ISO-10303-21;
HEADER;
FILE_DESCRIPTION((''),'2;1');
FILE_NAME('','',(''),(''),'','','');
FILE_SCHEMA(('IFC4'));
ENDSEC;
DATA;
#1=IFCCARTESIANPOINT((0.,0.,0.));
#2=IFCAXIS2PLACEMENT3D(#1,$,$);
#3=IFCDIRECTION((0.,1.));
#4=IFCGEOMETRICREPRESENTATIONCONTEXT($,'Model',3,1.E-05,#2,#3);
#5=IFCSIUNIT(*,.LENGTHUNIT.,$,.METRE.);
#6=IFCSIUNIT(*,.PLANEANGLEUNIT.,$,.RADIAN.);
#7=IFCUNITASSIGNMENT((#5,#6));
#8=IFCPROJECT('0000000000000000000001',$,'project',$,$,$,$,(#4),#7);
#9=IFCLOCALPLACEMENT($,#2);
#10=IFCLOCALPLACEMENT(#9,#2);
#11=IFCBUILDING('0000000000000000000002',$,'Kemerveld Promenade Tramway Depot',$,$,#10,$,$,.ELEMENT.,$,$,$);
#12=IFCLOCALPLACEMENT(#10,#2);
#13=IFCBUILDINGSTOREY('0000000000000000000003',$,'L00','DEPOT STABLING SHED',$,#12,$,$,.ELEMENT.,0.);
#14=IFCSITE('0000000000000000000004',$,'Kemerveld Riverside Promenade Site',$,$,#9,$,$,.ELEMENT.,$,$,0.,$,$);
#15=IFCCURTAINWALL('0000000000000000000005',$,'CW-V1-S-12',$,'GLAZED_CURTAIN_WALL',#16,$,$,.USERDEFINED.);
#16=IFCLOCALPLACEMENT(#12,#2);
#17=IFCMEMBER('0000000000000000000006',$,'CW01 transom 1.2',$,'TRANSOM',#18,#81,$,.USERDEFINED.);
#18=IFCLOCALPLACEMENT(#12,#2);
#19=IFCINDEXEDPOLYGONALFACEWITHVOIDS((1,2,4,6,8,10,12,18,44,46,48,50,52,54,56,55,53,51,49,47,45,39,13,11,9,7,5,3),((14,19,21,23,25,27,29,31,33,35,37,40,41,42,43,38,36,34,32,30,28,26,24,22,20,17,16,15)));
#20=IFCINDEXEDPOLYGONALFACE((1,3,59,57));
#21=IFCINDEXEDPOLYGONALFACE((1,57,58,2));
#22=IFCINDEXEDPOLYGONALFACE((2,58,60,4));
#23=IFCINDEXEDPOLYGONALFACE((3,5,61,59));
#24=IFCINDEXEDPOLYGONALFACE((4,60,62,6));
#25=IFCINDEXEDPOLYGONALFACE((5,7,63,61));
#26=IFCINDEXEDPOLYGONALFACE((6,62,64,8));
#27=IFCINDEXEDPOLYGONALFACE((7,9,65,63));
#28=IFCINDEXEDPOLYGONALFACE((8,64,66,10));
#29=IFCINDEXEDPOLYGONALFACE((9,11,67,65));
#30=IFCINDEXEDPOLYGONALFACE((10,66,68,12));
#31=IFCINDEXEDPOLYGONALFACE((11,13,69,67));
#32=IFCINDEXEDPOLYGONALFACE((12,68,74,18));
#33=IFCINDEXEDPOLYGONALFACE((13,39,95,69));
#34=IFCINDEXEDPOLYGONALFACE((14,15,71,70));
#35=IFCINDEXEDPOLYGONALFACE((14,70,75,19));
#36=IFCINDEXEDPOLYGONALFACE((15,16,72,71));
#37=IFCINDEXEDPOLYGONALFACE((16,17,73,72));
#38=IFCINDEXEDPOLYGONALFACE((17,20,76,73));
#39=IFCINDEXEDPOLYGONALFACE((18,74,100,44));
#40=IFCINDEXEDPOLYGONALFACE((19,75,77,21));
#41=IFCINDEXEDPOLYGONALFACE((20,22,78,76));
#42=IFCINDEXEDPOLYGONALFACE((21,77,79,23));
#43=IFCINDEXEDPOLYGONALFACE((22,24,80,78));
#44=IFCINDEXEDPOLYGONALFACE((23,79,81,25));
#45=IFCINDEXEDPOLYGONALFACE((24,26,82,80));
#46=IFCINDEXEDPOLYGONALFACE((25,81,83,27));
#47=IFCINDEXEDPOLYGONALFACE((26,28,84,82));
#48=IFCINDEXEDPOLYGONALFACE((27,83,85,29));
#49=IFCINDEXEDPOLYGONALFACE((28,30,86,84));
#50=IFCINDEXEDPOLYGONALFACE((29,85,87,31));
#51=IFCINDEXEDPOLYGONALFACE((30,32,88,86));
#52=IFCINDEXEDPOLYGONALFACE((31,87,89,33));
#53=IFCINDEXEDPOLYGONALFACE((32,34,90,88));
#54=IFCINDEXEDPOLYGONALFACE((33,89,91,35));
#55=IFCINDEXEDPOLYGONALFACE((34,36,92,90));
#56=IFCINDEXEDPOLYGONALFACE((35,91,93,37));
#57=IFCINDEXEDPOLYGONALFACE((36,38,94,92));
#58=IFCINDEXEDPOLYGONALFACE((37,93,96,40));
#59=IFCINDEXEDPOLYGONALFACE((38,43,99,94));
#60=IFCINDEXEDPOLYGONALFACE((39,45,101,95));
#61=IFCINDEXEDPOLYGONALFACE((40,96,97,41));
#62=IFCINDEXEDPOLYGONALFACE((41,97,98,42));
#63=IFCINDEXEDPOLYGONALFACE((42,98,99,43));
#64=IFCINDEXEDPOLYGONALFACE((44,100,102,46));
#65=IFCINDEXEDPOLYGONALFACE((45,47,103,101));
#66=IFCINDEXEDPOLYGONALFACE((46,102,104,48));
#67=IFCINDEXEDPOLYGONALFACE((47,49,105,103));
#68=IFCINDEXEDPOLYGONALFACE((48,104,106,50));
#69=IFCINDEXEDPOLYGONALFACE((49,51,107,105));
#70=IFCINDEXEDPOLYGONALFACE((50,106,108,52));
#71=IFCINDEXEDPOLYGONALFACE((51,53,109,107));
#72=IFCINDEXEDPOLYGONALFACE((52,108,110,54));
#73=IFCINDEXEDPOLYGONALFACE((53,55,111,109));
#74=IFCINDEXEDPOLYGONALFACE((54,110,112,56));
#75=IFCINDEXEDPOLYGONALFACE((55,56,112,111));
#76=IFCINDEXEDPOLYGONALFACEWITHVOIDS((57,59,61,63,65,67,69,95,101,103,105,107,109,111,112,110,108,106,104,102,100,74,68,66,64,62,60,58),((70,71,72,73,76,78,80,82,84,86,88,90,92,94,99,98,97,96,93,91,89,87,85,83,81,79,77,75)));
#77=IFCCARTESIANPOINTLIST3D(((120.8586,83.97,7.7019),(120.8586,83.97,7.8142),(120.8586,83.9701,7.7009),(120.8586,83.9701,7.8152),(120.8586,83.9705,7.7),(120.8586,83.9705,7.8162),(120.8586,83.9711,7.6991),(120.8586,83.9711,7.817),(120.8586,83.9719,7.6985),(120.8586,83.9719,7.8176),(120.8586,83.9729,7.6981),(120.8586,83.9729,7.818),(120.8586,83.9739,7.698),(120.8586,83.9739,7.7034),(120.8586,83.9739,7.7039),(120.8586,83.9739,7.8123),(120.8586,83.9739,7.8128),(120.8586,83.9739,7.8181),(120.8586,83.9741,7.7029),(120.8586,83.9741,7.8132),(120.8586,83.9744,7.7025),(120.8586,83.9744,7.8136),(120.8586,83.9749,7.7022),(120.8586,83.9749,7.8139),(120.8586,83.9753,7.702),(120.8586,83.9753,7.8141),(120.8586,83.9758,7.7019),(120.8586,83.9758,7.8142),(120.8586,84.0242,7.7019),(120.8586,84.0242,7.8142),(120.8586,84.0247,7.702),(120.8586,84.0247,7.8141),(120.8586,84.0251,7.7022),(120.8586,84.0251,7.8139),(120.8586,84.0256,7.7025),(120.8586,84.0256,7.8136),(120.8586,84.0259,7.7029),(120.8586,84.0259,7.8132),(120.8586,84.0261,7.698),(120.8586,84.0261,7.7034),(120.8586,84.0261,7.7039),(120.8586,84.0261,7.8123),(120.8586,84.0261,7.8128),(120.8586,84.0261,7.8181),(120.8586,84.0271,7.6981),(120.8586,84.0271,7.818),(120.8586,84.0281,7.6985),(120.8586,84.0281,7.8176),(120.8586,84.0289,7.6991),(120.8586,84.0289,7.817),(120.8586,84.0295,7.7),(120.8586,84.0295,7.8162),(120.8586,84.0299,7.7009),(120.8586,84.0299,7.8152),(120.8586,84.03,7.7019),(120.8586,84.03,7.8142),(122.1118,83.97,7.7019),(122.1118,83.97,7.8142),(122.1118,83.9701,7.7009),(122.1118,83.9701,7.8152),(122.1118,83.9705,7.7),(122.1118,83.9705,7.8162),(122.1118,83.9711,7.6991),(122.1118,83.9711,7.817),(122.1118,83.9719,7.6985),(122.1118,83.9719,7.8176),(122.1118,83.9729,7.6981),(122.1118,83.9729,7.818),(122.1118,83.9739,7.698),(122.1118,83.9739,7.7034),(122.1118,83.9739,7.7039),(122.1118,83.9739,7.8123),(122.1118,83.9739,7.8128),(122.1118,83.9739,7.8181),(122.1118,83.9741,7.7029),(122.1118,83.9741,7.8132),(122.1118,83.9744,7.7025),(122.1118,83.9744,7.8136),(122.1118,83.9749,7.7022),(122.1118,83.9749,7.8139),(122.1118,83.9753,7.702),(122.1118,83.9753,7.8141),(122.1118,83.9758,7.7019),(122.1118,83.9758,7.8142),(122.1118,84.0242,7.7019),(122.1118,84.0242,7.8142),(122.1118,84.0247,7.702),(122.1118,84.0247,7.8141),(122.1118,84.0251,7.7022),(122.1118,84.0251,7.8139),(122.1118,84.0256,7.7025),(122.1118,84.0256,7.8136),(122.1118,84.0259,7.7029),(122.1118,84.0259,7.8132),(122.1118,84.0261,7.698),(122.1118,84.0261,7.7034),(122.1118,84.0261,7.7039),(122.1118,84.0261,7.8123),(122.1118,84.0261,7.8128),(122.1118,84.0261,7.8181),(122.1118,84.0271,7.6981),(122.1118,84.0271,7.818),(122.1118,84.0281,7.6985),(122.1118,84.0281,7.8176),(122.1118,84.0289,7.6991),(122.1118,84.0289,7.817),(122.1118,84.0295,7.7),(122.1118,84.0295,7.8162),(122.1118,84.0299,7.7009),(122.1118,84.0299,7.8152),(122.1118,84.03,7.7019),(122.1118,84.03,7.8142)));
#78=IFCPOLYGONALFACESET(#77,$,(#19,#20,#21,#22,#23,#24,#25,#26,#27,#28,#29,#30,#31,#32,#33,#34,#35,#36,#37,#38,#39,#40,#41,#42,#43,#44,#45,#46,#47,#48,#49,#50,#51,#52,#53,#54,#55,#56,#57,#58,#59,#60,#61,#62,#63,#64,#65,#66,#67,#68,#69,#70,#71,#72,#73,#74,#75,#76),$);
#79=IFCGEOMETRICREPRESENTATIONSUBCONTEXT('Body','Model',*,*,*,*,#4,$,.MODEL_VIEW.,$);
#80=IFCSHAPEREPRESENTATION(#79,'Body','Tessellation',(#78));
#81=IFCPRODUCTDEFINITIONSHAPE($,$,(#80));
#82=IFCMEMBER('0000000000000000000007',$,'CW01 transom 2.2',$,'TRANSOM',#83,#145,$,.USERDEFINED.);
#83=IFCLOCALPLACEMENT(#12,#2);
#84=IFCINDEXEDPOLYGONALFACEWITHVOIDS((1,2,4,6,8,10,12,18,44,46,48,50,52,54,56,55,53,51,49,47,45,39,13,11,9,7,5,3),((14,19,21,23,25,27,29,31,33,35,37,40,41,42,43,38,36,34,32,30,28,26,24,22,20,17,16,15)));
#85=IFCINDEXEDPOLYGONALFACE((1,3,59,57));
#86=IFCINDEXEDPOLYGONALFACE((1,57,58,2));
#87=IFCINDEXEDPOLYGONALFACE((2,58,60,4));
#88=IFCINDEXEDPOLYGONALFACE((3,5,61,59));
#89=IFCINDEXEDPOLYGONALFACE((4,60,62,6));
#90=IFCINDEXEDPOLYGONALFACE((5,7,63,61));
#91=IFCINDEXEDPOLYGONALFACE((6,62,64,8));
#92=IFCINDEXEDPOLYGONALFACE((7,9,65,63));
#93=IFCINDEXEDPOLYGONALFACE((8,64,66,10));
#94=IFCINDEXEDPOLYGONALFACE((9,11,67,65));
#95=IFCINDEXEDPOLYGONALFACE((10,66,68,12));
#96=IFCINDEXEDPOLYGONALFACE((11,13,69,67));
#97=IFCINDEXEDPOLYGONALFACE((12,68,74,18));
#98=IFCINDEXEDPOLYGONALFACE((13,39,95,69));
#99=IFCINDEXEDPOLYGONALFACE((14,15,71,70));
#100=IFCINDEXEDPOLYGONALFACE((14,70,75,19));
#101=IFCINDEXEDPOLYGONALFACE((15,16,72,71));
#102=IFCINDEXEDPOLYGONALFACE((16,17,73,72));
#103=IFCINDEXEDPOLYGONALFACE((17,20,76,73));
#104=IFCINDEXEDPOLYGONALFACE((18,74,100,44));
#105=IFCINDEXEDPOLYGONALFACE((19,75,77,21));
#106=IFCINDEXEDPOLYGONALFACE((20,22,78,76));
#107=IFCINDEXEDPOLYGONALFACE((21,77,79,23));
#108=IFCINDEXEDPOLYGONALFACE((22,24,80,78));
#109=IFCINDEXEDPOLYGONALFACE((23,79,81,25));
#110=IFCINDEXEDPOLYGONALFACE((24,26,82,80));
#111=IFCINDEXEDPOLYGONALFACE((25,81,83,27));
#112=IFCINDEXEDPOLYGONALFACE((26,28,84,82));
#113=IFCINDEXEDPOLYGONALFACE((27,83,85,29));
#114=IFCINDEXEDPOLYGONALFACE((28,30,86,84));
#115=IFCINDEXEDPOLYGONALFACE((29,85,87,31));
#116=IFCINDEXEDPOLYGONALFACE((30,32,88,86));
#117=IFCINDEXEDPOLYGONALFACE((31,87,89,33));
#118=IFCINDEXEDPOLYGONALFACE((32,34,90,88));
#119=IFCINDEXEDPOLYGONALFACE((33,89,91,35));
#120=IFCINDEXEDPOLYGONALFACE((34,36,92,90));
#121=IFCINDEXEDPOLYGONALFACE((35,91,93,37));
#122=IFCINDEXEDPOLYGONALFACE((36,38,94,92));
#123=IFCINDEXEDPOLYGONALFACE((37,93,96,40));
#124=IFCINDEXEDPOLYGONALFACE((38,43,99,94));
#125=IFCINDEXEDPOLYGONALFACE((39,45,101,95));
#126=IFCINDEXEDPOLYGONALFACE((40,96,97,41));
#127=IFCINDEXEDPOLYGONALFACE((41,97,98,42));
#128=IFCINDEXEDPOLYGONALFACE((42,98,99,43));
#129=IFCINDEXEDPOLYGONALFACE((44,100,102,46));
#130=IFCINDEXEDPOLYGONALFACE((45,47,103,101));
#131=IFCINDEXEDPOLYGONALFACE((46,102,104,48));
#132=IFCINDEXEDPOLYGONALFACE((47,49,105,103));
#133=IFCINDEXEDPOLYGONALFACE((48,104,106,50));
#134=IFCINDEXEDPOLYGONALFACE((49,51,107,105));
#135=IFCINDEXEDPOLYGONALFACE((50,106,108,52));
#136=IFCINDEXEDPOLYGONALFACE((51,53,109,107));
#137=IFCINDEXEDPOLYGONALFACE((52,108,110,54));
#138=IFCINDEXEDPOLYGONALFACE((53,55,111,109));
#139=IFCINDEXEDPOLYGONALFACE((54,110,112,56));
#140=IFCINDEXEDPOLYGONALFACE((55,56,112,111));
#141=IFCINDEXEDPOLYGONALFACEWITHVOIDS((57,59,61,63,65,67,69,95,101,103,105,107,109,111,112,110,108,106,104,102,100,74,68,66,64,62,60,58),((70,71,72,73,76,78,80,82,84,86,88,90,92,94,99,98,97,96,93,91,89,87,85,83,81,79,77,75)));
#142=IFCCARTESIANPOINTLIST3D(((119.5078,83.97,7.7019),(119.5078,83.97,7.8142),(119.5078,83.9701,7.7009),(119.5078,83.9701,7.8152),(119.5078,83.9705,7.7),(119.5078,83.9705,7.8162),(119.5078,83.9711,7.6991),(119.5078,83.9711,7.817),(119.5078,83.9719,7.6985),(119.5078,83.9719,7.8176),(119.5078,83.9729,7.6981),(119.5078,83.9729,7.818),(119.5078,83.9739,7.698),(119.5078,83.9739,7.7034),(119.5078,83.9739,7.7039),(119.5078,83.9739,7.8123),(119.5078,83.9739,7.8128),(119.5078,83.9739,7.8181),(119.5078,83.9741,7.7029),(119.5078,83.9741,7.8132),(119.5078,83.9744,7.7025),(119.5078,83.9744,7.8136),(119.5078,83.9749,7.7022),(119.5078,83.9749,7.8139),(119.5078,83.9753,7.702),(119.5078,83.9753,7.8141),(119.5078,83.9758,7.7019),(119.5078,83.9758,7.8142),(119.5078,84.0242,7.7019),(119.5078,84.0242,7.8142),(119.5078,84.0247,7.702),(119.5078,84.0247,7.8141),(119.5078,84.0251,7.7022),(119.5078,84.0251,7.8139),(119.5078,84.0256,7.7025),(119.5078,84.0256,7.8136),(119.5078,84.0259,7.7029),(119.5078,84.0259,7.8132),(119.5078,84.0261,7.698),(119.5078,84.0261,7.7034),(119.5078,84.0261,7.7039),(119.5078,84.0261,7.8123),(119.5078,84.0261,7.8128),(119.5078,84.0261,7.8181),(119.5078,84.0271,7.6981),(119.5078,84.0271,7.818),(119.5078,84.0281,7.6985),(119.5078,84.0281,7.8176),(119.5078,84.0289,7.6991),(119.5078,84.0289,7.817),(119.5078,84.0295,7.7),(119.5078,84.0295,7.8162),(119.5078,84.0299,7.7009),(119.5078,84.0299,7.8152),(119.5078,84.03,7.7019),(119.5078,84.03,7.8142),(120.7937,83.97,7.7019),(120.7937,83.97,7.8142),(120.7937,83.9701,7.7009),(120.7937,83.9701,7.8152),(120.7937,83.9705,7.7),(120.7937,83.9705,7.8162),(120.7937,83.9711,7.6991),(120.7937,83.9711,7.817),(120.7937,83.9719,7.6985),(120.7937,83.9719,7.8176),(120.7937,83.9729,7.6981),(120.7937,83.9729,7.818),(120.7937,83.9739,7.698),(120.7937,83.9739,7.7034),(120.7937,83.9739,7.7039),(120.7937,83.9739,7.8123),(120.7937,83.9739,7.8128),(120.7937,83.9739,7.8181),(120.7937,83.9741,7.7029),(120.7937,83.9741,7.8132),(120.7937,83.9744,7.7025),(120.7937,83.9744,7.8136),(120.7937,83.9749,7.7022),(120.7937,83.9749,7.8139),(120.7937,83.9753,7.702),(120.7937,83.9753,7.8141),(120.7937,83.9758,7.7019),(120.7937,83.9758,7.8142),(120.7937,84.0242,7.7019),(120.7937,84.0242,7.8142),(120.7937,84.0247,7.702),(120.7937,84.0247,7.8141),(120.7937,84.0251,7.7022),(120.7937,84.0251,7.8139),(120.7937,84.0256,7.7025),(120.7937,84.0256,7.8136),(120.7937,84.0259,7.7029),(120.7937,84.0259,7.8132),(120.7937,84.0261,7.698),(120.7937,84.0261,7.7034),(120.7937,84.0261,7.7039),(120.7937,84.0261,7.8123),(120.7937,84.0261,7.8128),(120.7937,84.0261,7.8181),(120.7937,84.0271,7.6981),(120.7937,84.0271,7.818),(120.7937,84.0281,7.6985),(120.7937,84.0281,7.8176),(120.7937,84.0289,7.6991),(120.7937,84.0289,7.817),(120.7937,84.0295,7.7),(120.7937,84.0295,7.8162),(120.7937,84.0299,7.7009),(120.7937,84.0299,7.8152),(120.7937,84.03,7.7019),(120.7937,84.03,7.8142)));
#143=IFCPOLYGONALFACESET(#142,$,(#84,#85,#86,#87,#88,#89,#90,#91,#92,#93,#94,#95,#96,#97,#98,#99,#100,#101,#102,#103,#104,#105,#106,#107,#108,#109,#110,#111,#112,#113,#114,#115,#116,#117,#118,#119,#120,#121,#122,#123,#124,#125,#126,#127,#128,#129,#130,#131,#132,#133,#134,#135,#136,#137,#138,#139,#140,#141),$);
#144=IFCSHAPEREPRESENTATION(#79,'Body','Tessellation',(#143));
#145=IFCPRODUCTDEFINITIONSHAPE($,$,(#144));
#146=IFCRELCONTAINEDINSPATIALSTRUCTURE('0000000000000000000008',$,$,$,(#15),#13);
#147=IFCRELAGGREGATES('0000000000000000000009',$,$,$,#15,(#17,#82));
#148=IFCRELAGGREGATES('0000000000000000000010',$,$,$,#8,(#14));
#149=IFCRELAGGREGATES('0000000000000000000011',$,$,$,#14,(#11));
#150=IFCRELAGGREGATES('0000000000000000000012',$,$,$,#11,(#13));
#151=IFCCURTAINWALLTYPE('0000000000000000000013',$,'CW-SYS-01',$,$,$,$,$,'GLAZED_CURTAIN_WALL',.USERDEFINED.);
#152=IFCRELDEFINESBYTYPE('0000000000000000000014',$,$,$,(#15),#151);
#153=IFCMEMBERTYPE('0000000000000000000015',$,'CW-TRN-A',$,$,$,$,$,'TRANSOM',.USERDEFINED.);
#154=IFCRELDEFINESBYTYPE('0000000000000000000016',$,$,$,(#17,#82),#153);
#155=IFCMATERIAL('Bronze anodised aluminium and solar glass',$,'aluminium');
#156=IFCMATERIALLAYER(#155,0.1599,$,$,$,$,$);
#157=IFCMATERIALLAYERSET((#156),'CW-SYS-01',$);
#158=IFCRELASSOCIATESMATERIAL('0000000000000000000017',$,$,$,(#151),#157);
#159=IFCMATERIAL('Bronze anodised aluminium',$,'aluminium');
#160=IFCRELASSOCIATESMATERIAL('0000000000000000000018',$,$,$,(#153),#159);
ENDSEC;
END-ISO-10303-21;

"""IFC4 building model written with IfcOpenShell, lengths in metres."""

from ifc_helpers import new_model, si_unit, direction, frame, origin, origin_2d, place, context, subcontext, project, spatial, hollow_rectangle, extrude, material, layer, layer_set, material_profile, profile_set, type_object, element, aggregate, save


model = new_model("IFC4")

# Units and contexts
model_context = context("Model", 3, precision=1e-05, world=origin(), true_north=direction((0.0, 1.0)))
body_context = subcontext(model_context, "Body", "Model", "MODEL_VIEW")
ifc_project = project(units=[si_unit("LENGTHUNIT", "METRE"), si_unit("PLANEANGLEUNIT", "RADIAN")], contexts=[model_context])

# Site, building, storey
site_placement = place(None, origin())
site = spatial("IfcSite", under=ifc_project, at=site_placement, Name="Kemerveld Riverside Promenade Site", CompositionType="ELEMENT", RefElevation=0.0)
building_placement = place(site_placement, origin())
building = spatial("IfcBuilding", under=site, at=building_placement, Name="Kemerveld Promenade Tramway Depot", CompositionType="ELEMENT")
storey_placement = place(building_placement, origin())
storey = spatial("IfcBuildingStorey", under=building, at=storey_placement, Name="L00", Description="DEPOT STABLING SHED", CompositionType="ELEMENT", Elevation=0.0)

# Curtain wall
ifc_material_1 = material(Name="Bronze anodised aluminium and solar glass", Category="aluminium")
ifc_layer_1 = layer(ifc_material_1, 0.1599)
ifc_layer_set_1 = layer_set([ifc_layer_1], Name="CW-SYS-01")
curtain_wall_type_1 = type_object("IfcCurtainWallType", Name="CW-SYS-01", ElementType="GLAZED_CURTAIN_WALL", PredefinedType="USERDEFINED", material=ifc_layer_set_1)
curtain_wall_1_placement = place(storey_placement, origin())
curtain_wall_1 = element("IfcCurtainWall", 1, at=curtain_wall_1_placement, inside=storey, type_object=curtain_wall_type_1, Name="CW-V1-S-12", ObjectType="GLAZED_CURTAIN_WALL", PredefinedType="USERDEFINED")
ifc_material_2 = material(Name="Bronze anodised aluminium", Category="aluminium")

# Members
ifc_material_profile_1 = material_profile(ifc_material_2, hollow_rectangle(XDim=0.0601, YDim=0.1201, WallThickness=0.0039, InnerFilletRadius=0.002, OuterFilletRadius=0.0039, at=origin_2d()), Name="CW-TRN-120x60")
ifc_profile_set_1 = profile_set([ifc_material_profile_1], Name="Bronze anodised aluminium")
member_type_1 = type_object("IfcMemberType", Name="CW-TRN-A", ElementType="TRANSOM", PredefinedType="USERDEFINED", material=ifc_profile_set_1)
member_1_placement = place(storey_placement, frame((122.1118, 84.0, 7.7581), z_axis=(-1.0, 0.0, 0.0), x_axis=(0.0, -1.0, 0.0)))
member_1 = element("IfcMember", 2, at=member_1_placement, type_object=member_type_1, Name="CW01 transom 1.2", ObjectType="TRANSOM", PredefinedType="USERDEFINED", context=body_context, shape_type="SweptSolid", body=[
    extrude(hollow_rectangle(XDim=0.0601, YDim=0.1201, WallThickness=0.0039, InnerFilletRadius=0.002, OuterFilletRadius=0.0039, at=origin_2d()), origin(), (0.0, 0.0, 1.0), 1.2532),
])
member_2_placement = place(storey_placement, frame((120.7937, 84.0, 7.7581), z_axis=(-1.0, 0.0, 0.0), x_axis=(0.0, -1.0, 0.0)))
member_2 = element("IfcMember", 3, at=member_2_placement, type_object=member_type_1, Name="CW01 transom 2.2", ObjectType="TRANSOM", PredefinedType="USERDEFINED", context=body_context, shape_type="SweptSolid", body=[
    extrude(hollow_rectangle(XDim=0.0601, YDim=0.1201, WallThickness=0.0039, InnerFilletRadius=0.002, OuterFilletRadius=0.0039, at=origin_2d()), origin(), (0.0, 0.0, 1.0), 1.2859),
])

aggregate(curtain_wall_1, [member_1, member_2])

save(model, "model.ifc")
